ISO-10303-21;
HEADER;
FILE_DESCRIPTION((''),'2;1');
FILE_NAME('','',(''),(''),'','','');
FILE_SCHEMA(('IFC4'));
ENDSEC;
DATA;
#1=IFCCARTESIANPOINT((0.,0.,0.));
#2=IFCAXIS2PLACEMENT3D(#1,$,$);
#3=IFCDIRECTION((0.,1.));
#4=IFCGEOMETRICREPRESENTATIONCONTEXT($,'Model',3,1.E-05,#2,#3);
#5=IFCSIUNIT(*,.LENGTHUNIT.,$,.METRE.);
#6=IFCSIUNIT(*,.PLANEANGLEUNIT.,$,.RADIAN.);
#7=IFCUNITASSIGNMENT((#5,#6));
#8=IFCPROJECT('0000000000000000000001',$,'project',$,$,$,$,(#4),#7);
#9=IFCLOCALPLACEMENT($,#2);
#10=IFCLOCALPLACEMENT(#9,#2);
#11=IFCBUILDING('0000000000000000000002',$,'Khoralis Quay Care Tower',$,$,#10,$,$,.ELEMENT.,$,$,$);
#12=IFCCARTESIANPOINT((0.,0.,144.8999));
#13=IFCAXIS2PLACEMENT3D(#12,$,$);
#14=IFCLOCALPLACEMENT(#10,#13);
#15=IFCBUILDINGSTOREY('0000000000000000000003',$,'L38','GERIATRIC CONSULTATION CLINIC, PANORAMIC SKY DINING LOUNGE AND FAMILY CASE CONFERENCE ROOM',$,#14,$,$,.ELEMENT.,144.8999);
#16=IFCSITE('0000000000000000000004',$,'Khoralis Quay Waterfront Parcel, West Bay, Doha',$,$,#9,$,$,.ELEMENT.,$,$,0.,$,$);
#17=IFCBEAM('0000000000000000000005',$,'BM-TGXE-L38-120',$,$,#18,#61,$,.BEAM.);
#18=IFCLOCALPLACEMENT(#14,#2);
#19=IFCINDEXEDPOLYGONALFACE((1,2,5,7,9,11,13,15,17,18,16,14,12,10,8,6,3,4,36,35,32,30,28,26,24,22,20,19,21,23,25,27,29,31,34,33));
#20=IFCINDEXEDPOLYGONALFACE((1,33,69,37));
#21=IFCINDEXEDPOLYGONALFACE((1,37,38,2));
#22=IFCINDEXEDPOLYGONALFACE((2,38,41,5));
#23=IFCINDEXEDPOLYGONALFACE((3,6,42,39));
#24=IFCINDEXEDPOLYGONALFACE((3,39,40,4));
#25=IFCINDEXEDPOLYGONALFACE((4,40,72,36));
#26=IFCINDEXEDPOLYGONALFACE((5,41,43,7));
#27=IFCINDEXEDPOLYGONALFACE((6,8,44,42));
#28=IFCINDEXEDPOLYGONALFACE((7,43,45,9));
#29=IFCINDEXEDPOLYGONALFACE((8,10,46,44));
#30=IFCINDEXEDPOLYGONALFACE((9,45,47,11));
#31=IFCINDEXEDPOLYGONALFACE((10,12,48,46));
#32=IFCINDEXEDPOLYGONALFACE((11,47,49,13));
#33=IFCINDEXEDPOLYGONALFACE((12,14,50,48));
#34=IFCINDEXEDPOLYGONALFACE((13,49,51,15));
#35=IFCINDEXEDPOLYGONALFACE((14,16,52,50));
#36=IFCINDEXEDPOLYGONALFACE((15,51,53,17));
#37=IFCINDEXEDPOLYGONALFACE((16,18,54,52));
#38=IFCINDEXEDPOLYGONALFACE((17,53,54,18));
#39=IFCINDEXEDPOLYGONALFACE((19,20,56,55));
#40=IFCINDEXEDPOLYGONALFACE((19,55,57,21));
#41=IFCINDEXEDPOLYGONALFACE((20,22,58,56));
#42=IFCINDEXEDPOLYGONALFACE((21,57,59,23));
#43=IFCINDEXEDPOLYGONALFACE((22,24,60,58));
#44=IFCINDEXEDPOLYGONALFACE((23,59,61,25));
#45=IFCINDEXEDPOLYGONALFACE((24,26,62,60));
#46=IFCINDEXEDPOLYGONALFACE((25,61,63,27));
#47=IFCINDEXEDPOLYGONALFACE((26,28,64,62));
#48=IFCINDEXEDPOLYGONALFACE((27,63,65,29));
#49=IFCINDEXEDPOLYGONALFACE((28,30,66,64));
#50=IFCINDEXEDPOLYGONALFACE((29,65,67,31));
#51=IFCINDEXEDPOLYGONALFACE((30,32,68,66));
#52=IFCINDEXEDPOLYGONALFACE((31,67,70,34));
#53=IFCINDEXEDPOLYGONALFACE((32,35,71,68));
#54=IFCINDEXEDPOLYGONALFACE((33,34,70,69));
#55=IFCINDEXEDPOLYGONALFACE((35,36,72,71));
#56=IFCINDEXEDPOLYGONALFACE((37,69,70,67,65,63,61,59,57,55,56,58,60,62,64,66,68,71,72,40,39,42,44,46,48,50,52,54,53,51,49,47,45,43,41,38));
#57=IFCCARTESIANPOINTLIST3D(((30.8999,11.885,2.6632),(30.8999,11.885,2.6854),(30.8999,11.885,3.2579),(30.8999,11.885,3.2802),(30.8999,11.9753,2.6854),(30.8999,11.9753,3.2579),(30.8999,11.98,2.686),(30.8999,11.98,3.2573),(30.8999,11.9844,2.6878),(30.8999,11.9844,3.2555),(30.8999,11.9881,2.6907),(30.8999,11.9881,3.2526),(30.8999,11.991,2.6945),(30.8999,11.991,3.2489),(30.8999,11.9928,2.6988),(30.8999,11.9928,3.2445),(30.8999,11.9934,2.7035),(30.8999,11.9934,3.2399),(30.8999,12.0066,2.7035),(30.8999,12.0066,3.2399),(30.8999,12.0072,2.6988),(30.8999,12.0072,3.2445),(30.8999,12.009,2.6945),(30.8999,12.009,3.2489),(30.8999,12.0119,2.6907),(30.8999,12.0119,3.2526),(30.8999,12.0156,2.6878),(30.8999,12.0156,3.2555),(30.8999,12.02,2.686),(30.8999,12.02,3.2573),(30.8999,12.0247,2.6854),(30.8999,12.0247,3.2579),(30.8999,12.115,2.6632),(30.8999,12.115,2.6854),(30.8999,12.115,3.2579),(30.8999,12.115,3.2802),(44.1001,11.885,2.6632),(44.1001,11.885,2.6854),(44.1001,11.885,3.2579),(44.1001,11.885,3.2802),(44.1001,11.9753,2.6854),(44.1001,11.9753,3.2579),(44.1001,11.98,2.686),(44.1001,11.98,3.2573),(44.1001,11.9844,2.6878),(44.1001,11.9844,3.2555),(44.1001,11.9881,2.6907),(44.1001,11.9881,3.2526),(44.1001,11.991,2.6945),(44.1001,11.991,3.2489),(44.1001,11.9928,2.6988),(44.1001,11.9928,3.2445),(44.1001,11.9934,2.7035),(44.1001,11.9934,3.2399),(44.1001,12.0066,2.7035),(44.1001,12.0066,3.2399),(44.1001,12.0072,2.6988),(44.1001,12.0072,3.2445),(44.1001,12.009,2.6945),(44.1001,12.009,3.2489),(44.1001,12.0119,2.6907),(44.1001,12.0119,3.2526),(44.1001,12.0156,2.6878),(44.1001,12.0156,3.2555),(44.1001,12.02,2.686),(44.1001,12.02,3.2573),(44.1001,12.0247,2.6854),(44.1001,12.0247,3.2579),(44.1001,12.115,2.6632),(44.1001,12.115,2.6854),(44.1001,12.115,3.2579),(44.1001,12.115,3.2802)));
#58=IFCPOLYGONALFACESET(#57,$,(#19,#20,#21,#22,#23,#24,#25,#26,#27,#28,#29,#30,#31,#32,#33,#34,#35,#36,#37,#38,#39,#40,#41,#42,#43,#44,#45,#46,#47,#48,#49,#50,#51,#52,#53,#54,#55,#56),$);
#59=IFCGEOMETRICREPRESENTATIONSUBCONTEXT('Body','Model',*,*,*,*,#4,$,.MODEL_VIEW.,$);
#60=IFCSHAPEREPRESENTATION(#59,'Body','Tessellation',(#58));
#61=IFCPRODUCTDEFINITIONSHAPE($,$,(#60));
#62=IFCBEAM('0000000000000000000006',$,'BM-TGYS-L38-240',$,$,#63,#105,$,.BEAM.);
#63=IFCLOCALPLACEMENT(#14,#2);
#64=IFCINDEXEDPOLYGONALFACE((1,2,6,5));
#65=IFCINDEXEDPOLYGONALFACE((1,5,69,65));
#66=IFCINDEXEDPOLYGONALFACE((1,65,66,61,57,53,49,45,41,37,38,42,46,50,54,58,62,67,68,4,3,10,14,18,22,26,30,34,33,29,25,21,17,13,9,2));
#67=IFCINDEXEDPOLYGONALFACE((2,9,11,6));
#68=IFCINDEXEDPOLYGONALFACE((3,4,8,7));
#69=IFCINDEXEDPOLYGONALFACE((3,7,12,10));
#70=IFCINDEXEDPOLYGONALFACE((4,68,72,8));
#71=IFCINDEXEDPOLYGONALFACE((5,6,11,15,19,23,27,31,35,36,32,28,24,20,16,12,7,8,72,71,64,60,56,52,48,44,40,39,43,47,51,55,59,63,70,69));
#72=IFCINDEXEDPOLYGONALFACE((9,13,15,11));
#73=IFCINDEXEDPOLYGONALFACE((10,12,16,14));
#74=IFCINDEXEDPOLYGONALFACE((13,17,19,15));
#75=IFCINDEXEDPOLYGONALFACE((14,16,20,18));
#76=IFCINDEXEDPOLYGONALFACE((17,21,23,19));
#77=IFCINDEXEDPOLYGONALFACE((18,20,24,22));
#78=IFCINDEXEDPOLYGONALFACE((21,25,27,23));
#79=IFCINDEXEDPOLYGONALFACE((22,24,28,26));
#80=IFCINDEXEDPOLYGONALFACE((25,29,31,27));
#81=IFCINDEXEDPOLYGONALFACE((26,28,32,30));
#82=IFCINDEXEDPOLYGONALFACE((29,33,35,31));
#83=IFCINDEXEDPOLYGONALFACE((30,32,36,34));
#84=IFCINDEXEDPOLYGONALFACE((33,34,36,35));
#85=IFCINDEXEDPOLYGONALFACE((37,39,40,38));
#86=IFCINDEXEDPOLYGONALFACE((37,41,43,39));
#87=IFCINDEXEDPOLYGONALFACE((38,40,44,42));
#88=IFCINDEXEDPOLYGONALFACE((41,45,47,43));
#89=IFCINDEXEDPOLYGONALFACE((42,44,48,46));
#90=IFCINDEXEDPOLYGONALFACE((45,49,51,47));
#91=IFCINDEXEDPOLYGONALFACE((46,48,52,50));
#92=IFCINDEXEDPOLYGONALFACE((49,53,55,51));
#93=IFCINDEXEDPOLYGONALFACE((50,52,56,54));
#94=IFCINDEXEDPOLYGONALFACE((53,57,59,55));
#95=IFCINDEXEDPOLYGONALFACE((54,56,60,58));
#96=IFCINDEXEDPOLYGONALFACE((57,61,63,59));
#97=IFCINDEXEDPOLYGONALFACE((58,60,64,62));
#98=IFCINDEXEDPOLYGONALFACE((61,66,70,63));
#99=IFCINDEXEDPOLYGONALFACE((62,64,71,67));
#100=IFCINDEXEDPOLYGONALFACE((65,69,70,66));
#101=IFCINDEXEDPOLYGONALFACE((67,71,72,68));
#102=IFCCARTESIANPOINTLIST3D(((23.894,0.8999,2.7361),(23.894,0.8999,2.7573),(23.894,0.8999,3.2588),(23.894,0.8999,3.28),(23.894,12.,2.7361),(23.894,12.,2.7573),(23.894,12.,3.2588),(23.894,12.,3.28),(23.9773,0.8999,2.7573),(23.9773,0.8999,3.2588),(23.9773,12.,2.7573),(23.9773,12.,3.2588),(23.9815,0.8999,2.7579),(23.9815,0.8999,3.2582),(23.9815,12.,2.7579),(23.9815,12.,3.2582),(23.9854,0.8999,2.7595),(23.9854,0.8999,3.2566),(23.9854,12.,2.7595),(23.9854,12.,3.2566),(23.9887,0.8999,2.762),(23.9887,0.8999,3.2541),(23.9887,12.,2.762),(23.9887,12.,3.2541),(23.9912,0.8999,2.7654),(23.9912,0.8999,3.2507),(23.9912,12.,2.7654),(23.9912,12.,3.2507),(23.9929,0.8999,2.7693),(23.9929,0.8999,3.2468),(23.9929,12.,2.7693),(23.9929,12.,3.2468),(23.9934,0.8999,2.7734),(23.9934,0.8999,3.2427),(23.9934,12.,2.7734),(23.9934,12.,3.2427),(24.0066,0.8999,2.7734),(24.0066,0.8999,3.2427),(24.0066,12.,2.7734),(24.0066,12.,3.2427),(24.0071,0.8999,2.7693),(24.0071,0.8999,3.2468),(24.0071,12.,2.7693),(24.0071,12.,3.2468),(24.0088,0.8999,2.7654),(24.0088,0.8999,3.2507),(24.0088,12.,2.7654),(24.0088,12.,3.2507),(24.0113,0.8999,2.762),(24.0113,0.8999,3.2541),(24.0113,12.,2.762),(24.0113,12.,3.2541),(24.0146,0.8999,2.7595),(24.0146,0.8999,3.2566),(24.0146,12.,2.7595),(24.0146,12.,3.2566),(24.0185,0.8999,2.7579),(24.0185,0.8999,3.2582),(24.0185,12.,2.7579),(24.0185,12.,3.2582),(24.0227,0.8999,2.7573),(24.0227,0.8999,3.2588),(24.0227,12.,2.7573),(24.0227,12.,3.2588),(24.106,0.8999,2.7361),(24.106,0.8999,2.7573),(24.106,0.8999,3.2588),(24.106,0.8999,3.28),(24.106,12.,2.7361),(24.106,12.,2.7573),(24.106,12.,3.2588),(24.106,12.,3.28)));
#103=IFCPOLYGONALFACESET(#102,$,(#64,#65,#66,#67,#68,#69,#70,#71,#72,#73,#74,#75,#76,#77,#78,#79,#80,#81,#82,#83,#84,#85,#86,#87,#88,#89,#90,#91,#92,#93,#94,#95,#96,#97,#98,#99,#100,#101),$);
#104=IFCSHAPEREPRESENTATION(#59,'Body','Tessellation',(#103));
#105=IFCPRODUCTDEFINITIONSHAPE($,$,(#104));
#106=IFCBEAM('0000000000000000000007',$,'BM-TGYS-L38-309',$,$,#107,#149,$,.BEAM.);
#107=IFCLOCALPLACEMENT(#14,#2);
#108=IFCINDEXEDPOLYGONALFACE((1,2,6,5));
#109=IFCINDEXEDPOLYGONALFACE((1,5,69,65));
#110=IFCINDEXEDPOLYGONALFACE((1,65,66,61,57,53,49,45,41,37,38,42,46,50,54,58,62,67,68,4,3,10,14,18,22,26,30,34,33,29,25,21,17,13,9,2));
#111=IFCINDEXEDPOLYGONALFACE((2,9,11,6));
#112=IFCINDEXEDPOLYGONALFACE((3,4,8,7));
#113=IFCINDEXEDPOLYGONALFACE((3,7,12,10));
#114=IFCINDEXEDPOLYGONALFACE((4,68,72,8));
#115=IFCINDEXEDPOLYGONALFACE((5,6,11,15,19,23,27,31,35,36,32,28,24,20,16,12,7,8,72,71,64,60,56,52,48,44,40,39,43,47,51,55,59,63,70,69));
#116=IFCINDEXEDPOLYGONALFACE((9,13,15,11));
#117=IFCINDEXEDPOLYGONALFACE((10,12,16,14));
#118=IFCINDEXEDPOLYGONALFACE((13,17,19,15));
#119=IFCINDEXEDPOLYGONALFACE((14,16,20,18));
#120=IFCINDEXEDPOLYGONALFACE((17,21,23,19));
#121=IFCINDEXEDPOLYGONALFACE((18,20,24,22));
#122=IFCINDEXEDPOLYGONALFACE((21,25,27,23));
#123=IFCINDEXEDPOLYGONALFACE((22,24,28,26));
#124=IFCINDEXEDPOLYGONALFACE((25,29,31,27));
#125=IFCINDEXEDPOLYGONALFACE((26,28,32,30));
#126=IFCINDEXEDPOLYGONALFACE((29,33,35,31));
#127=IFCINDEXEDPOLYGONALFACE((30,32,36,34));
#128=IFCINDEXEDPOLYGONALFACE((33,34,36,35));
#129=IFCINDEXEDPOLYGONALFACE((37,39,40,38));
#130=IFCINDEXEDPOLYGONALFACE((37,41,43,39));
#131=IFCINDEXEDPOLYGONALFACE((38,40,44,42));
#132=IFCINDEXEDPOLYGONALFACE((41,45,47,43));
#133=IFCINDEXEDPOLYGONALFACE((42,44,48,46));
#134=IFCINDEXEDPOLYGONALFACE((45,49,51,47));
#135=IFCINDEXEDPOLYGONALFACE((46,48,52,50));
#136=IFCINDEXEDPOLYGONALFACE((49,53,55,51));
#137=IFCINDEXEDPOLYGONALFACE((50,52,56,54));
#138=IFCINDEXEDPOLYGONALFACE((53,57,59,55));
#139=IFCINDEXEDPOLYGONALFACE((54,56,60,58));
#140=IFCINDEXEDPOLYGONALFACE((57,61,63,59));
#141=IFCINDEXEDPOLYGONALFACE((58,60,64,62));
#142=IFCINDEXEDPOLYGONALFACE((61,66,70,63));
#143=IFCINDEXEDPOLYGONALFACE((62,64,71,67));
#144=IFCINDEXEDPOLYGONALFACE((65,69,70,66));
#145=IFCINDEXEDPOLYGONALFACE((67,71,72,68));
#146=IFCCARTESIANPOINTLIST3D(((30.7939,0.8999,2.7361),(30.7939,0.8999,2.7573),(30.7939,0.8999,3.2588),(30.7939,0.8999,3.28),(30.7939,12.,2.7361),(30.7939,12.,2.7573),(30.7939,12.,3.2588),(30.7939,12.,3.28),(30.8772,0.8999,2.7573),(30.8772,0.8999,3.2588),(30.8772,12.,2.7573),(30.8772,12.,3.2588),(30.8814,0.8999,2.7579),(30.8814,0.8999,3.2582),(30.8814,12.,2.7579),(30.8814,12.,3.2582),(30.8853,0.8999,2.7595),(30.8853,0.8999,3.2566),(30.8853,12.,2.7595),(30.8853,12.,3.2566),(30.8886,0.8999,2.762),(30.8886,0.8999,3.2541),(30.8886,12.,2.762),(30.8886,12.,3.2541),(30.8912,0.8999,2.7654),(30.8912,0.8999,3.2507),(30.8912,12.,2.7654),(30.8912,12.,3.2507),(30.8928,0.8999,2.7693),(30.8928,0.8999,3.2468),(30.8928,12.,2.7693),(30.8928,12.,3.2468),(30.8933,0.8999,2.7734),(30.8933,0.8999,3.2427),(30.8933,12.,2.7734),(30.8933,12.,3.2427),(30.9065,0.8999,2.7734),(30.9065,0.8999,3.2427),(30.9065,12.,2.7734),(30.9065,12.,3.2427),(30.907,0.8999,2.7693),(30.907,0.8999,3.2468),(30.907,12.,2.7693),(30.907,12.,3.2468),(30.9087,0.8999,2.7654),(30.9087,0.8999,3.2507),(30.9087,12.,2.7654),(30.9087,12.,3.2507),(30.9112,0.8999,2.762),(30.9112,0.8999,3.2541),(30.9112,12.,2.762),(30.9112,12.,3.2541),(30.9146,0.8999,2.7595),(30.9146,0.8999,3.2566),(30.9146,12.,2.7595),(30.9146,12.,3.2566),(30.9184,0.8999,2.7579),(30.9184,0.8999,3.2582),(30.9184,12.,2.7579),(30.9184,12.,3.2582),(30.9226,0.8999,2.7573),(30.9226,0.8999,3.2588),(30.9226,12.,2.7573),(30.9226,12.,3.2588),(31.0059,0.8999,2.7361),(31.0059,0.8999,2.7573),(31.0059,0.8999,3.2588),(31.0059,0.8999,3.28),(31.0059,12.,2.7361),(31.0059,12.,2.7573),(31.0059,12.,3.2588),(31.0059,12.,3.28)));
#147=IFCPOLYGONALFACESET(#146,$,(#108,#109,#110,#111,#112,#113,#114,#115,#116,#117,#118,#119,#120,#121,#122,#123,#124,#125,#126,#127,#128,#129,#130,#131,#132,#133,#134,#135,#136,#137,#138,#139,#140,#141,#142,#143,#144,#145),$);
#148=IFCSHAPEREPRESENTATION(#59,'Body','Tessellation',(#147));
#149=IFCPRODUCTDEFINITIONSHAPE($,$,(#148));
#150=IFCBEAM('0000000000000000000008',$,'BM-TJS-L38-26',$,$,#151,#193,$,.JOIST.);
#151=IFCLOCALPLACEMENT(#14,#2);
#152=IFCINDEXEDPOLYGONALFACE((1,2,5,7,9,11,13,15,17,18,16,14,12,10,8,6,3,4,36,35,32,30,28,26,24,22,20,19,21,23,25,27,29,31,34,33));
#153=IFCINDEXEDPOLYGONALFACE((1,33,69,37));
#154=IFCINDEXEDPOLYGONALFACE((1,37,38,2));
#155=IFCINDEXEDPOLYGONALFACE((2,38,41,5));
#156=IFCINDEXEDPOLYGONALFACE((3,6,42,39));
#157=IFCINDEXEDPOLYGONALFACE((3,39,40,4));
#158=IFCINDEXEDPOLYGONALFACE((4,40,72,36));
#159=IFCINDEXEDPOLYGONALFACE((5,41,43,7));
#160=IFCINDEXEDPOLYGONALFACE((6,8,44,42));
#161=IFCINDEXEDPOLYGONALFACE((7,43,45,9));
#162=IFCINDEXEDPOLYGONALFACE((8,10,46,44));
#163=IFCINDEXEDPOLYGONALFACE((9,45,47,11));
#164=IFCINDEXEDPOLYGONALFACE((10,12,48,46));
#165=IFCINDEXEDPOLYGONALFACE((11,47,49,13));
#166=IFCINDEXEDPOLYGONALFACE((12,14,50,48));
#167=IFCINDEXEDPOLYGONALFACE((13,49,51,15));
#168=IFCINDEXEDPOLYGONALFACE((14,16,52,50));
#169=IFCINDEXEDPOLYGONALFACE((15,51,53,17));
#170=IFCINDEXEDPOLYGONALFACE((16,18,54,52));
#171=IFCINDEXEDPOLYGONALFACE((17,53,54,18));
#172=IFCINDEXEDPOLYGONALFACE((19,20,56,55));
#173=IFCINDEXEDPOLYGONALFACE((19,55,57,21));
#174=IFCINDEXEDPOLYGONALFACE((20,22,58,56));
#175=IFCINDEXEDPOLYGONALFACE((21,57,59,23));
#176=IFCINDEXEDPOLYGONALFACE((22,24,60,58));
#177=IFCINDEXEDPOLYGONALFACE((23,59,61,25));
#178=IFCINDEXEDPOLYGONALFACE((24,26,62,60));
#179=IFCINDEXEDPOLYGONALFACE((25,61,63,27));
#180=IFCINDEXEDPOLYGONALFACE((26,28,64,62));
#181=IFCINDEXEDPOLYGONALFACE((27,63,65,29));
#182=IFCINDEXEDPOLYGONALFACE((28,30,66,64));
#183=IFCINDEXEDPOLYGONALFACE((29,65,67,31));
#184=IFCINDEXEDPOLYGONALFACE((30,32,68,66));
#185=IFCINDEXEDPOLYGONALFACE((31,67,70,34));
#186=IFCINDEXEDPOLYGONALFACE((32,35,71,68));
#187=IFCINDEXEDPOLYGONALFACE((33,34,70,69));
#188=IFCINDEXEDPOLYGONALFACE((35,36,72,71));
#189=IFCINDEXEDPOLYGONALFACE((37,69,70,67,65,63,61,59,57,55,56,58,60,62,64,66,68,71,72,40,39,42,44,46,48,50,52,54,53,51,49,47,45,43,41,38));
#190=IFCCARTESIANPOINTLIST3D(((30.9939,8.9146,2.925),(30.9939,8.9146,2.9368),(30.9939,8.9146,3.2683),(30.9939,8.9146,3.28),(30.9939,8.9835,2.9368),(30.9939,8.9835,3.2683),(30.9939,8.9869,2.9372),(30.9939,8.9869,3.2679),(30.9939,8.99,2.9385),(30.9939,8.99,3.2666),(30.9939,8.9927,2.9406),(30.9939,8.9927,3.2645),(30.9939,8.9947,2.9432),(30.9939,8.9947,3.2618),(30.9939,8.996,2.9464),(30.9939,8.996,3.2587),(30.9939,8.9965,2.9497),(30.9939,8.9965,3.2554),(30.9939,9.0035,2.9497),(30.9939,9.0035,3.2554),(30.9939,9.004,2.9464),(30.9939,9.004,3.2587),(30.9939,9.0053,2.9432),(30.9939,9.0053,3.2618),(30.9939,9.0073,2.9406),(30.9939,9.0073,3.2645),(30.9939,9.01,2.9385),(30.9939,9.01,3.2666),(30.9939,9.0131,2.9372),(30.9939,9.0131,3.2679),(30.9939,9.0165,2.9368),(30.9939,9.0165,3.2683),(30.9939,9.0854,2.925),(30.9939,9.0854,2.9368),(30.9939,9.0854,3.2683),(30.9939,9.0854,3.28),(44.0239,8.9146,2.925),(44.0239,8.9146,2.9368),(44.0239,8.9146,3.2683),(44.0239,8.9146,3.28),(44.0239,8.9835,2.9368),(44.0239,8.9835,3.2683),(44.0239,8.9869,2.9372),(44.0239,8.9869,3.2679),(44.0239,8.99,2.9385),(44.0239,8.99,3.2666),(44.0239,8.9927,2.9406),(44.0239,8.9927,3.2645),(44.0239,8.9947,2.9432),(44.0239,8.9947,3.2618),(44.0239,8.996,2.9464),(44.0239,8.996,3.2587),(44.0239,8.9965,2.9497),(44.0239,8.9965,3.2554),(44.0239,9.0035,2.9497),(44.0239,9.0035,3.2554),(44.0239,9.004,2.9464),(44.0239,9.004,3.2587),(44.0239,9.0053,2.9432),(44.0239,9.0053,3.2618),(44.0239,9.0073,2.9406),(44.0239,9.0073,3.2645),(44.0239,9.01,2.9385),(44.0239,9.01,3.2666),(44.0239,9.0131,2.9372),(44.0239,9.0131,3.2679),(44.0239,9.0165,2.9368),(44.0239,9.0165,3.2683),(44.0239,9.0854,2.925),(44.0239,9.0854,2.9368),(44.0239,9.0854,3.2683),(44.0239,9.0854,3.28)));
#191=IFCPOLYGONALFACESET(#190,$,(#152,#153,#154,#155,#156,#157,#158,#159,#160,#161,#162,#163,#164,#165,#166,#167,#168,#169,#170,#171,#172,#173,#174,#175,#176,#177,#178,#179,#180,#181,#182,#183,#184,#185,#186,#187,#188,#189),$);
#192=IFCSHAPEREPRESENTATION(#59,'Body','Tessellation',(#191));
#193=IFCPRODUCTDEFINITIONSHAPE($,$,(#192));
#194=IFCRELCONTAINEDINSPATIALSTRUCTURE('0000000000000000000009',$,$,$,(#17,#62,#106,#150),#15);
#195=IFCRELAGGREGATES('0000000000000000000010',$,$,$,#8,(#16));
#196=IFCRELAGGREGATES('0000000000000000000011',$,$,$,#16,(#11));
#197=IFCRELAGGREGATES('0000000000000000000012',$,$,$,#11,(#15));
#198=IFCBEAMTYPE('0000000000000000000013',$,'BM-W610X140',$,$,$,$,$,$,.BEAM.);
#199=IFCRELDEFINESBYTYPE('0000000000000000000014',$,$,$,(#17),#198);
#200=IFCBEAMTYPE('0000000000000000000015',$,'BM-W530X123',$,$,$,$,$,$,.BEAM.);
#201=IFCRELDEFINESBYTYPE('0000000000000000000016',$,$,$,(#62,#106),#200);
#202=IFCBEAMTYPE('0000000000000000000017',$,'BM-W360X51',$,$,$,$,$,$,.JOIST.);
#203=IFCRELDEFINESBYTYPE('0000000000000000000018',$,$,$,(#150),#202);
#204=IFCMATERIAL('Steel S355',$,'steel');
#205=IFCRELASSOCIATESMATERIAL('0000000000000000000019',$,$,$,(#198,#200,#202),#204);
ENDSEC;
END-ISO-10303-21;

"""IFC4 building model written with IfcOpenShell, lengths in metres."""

from ifc_helpers import new_model, si_unit, direction, frame, origin, origin_2d, place, context, subcontext, project, spatial, i_section, extrude, source, transform, mapped, material, material_profile, profile_set, type_object, element, save


model = new_model("IFC4")

# Units and contexts
model_context = context("Model", 3, precision=1e-05, world=origin(), true_north=direction((0.0, 1.0)))
body_context = subcontext(model_context, "Body", "Model", "MODEL_VIEW")
ifc_project = project(units=[si_unit("LENGTHUNIT", "METRE"), si_unit("PLANEANGLEUNIT", "RADIAN")], contexts=[model_context])

# Site, building, storey
site_placement = place(None, origin())
site = spatial("IfcSite", under=ifc_project, at=site_placement, Name="Khoralis Quay Waterfront Parcel, West Bay, Doha", CompositionType="ELEMENT", RefElevation=0.0)
building_placement = place(site_placement, origin())
building = spatial("IfcBuilding", under=site, at=building_placement, Name="Khoralis Quay Care Tower", CompositionType="ELEMENT")
storey_placement = place(building_placement, frame((0.0, 0.0, 144.8999)))
storey = spatial("IfcBuildingStorey", under=building, at=storey_placement, Name="L38", Description="GERIATRIC CONSULTATION CLINIC, PANORAMIC SKY DINING LOUNGE AND FAMILY CASE CONFERENCE ROOM", CompositionType="ELEMENT", Elevation=144.8999)

# Beams
ifc_material_1 = material(Name="Steel S355", Category="steel")
ifc_material_profile_1 = material_profile(ifc_material_1, i_section(OverallWidth=0.23, OverallDepth=0.6169, WebThickness=0.0132, FlangeThickness=0.0222, FilletRadius=0.0181, at=origin_2d()), Name="Steel S355")
ifc_profile_set_1 = profile_set([ifc_material_profile_1], Name="Steel S355")
beam_type_1 = type_object("IfcBeamType", Name="BM-W610X140", PredefinedType="BEAM", material=ifc_profile_set_1)
shared_shape_1 = source(origin(), body_context, "Body", "SweptSolid", [
    extrude(i_section(OverallWidth=0.23, OverallDepth=0.6169, WebThickness=0.0132, FlangeThickness=0.0222, FilletRadius=0.0181, at=origin_2d()), origin(), (0.0, 0.0, 1.0), 13.2002),
])
beam_1_placement = place(storey_placement, frame((30.8999, 12.0, 2.9717), z_axis=(1.0, 0.0, 0.0), x_axis=(0.0, 1.0, 0.0)))
element("IfcBeam", 1, at=beam_1_placement, inside=storey, type_object=beam_type_1, Name="BM-TGXE-L38-120", PredefinedType="BEAM", context=body_context, shape_type="MappedRepresentation", body=[
    mapped(shared_shape_1, transform((0.0, 0.0, 0.0), scale=1.0)),
])
ifc_material_profile_2 = material_profile(ifc_material_1, i_section(OverallWidth=0.2119, OverallDepth=0.5439, WebThickness=0.0132, FlangeThickness=0.0212, FilletRadius=0.0161, at=origin_2d()), Name="Steel S355")
ifc_profile_set_2 = profile_set([ifc_material_profile_2], Name="Steel S355")
beam_type_2 = type_object("IfcBeamType", Name="BM-W530X123", PredefinedType="BEAM", material=ifc_profile_set_2)
shared_shape_2 = source(origin(), body_context, "Body", "SweptSolid", [
    extrude(i_section(OverallWidth=0.2119, OverallDepth=0.5439, WebThickness=0.0132, FlangeThickness=0.0212, FilletRadius=0.0161, at=origin_2d()), origin(), (0.0, 0.0, 1.0), 11.1001),
])
for number, where, z_axis, x_axis, name in (
    (2, (24.0, 0.8999, 3.0081), (0.0, 1.0, 0.0), (-1.0, 0.0, 0.0), "BM-TGYS-L38-240"),
    (3, (30.8999, 0.8999, 3.0081), (0.0, 1.0, 0.0), (-1.0, 0.0, 0.0), "BM-TGYS-L38-309"),
):
    element("IfcBeam", number, at=place(storey_placement, frame(where, z_axis=z_axis, x_axis=x_axis)), inside=storey, type_object=beam_type_2, Name=name, PredefinedType="BEAM", context=body_context, shape_type="MappedRepresentation", body=[
        mapped(shared_shape_2, transform((0.0, 0.0, 0.0), scale=1.0)),
    ])
ifc_material_profile_3 = material_profile(ifc_material_1, i_section(OverallWidth=0.1709, OverallDepth=0.355, WebThickness=0.0071, FlangeThickness=0.0117, FilletRadius=0.0129, at=origin_2d()), Name="Steel S355")
ifc_profile_set_3 = profile_set([ifc_material_profile_3], Name="Steel S355")
beam_type_3 = type_object("IfcBeamType", Name="BM-W360X51", PredefinedType="JOIST", material=ifc_profile_set_3)
shared_shape_3 = source(origin(), body_context, "Body", "SweptSolid", [
    extrude(i_section(OverallWidth=0.1709, OverallDepth=0.355, WebThickness=0.0071, FlangeThickness=0.0117, FilletRadius=0.0129, at=origin_2d()), origin(), (0.0, 0.0, 1.0), 13.03),
])
beam_2_placement = place(storey_placement, frame((30.9939, 9.0, 3.1025), z_axis=(1.0, 0.0, 0.0), x_axis=(0.0, 1.0, 0.0)))
element("IfcBeam", 4, at=beam_2_placement, inside=storey, type_object=beam_type_3, Name="BM-TJS-L38-26", PredefinedType="JOIST", context=body_context, shape_type="MappedRepresentation", body=[
    mapped(shared_shape_3, transform((0.0, 0.0, 0.0), scale=1.0)),
])

save(model, "model.ifc")
